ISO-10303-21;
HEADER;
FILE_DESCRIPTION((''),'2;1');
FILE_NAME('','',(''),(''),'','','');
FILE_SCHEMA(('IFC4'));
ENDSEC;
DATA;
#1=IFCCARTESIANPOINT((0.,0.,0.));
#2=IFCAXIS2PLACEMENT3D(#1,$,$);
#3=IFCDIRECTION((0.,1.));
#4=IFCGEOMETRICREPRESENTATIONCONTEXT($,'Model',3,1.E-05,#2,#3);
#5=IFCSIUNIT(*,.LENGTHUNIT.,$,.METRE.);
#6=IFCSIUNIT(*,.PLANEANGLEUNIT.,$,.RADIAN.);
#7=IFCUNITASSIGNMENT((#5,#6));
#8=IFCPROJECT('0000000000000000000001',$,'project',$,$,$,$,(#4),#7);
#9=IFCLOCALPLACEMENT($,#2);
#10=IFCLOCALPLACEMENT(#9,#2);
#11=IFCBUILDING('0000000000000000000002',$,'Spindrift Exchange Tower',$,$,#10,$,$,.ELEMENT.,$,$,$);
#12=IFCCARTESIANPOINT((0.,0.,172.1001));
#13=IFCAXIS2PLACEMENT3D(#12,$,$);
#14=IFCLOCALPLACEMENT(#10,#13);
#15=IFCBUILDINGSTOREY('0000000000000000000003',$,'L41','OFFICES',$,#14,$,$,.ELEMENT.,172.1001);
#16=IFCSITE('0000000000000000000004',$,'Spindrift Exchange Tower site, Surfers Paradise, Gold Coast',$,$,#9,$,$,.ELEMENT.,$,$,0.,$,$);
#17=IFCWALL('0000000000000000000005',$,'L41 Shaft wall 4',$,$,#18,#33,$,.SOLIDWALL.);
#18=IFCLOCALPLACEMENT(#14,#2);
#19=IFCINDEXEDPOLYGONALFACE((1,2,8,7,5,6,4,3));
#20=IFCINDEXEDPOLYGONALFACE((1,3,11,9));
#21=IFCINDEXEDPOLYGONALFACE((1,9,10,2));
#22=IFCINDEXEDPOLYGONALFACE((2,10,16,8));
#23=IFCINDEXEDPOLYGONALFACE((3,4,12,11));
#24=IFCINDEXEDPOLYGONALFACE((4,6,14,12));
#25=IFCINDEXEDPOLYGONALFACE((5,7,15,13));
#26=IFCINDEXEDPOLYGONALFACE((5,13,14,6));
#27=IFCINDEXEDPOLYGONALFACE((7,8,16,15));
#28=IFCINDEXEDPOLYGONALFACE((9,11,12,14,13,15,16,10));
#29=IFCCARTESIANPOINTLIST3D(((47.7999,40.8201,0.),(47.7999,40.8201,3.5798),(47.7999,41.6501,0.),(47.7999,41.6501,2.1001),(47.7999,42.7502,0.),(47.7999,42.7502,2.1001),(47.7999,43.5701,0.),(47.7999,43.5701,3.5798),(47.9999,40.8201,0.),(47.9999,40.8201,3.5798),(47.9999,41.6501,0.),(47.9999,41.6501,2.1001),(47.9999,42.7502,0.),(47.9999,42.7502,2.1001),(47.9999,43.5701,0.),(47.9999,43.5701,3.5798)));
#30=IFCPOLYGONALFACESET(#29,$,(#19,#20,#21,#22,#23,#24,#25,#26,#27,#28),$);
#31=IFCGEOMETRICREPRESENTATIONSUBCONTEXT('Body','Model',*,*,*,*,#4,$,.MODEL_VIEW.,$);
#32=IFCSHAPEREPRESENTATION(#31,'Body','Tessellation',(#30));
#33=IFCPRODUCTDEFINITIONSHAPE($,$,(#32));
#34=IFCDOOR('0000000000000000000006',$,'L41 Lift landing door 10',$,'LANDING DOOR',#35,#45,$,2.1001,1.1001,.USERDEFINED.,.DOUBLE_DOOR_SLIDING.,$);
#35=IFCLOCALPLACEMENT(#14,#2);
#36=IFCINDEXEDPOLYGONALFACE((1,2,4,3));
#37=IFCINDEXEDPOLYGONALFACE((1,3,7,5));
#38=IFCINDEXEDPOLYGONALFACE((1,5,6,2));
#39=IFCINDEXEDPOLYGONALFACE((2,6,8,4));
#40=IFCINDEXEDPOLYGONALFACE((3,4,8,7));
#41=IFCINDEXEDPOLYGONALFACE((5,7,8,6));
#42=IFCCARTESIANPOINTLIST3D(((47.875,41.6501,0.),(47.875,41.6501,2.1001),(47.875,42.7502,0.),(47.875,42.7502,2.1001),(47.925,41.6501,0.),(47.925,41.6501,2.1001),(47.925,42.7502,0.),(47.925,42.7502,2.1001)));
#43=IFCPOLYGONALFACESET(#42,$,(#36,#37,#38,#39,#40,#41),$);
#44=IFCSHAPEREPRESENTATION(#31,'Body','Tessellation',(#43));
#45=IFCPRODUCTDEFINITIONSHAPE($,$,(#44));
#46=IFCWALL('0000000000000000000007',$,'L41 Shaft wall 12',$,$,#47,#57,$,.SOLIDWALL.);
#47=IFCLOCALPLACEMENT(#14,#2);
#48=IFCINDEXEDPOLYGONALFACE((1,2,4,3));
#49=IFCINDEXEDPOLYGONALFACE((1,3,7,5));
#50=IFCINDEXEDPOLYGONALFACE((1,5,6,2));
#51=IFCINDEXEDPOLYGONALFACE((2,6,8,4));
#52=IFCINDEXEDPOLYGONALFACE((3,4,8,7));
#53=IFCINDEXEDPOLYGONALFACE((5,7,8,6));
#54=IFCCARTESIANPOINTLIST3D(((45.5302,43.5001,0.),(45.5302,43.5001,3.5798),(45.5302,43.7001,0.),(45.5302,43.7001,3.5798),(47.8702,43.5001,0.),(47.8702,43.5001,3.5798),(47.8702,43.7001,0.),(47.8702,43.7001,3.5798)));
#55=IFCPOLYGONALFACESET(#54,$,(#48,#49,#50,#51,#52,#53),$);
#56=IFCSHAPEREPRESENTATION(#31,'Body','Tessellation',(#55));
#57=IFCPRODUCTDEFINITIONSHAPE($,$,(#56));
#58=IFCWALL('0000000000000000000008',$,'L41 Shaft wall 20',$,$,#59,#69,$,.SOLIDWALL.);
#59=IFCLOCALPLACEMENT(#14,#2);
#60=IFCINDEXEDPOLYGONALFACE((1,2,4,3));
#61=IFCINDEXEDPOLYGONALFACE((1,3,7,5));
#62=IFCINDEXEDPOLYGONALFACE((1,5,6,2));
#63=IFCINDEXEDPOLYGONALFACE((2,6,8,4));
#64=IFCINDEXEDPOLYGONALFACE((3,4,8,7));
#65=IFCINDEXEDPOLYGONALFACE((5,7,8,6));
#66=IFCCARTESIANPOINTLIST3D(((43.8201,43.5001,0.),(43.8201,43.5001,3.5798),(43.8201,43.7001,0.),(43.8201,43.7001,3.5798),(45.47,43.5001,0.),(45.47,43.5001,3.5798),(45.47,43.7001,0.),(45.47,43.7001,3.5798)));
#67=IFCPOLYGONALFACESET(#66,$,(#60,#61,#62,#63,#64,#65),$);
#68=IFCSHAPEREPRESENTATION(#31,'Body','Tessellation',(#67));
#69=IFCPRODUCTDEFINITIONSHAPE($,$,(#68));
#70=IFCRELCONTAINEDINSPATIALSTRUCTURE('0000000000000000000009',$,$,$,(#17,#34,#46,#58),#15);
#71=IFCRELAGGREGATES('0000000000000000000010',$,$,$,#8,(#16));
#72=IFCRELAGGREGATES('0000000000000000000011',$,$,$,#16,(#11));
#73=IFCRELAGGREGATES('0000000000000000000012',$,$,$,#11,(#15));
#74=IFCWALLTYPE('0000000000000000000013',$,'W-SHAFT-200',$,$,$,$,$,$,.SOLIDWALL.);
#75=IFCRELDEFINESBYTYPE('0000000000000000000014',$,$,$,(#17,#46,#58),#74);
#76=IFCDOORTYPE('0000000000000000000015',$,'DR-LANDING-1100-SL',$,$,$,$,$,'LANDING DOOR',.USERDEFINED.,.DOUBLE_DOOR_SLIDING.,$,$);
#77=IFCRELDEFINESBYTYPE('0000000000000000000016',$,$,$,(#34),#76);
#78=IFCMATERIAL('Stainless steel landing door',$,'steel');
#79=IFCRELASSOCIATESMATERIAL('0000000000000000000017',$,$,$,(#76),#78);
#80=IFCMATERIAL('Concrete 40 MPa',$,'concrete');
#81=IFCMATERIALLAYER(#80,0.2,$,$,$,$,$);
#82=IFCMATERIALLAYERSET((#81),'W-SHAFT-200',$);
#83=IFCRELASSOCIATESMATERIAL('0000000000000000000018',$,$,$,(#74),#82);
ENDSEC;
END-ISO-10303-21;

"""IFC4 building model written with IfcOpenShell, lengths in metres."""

from ifc_helpers import new_model, si_unit, direction, frame, frame_2d, origin, place, context, subcontext, project, spatial, rectangle, extrude, source, transform, mapped, material, layer, layer_set, type_object, element, fill, save


model = new_model("IFC4")

# Units and contexts
model_context = context("Model", 3, precision=1e-05, world=origin(), true_north=direction((0.0, 1.0)))
body_context = subcontext(model_context, "Body", "Model", "MODEL_VIEW")
ifc_project = project(units=[si_unit("LENGTHUNIT", "METRE"), si_unit("PLANEANGLEUNIT", "RADIAN")], contexts=[model_context])

# Site, building, storey
site_placement = place(None, origin())
site = spatial("IfcSite", under=ifc_project, at=site_placement, Name="Spindrift Exchange Tower site, Surfers Paradise, Gold Coast", CompositionType="ELEMENT", RefElevation=0.0)
building_placement = place(site_placement, origin())
building = spatial("IfcBuilding", under=site, at=building_placement, Name="Spindrift Exchange Tower", CompositionType="ELEMENT")
storey_placement = place(building_placement, frame((0.0, 0.0, 172.1001)))
storey = spatial("IfcBuildingStorey", under=building, at=storey_placement, Name="L41", Description="OFFICES", CompositionType="ELEMENT", Elevation=172.1001)

# Shared definitions
ifc_material_1 = material(Name="Stainless steel landing door", Category="steel")
door_type_1 = type_object("IfcDoorType", Name="DR-LANDING-1100-SL", ElementType="LANDING DOOR", OperationType="DOUBLE_DOOR_SLIDING", PredefinedType="USERDEFINED", material=ifc_material_1)
shared_shape_1 = source(origin(), body_context, "Body", "SweptSolid", [
    extrude(rectangle(XDim=1.1001, YDim=2.1001, at=frame_2d((0.55, 1.05))), frame((0.0, 0.0249, 0.0), z_axis=(0.0, -1.0, 0.0), x_axis=(1.0, 0.0, 0.0)), (0.0, 0.0, 1.0), 0.05),
])

# Shared definitions
ifc_material_2 = material(Name="Concrete 40 MPa", Category="concrete")
ifc_layer_1 = layer(ifc_material_2, 0.2)
ifc_layer_set_1 = layer_set([ifc_layer_1], Name="W-SHAFT-200")
wall_type_1 = type_object("IfcWallType", Name="W-SHAFT-200", PredefinedType="SOLIDWALL", material=ifc_layer_set_1)

# Wall, opening, door
wall_1_placement = place(storey_placement, frame((47.8999, 40.8201, 0.0), z_axis=(0.0, 0.0, 1.0), x_axis=(0.0, 1.0, 0.0)))
wall_1 = element("IfcWall", 1, at=wall_1_placement, inside=storey, type_object=wall_type_1, Name="L41 Shaft wall 4", PredefinedType="SOLIDWALL", context=body_context, shape_type="SweptSolid", body=[
    extrude(rectangle(XDim=2.75, YDim=0.2, at=frame_2d((1.375, 0.0))), origin(), (0.0, 0.0, 1.0), 3.5798),
])
opening_1_placement = place(wall_1_placement, frame((0.8301, 0.0, 0.0)))
opening_1 = element("IfcOpeningElement", 2, at=opening_1_placement, cuts=wall_1, PredefinedType="OPENING", context=body_context, shape_type="SweptSolid", body=[
    extrude(rectangle(XDim=1.1001, YDim=2.1001, at=frame_2d((0.55, 1.05))), frame((0.0, 0.1099, 0.0), z_axis=(0.0, -1.0, 0.0), x_axis=(1.0, 0.0, 0.0)), (0.0, 0.0, 1.0), 0.22),
])
door_1_placement = place(opening_1_placement, origin())
door_1 = element("IfcDoor", 3, at=door_1_placement, inside=storey, type_object=door_type_1, Name="L41 Lift landing door 10", ObjectType="LANDING DOOR", OperationType="DOUBLE_DOOR_SLIDING", OverallHeight=2.1001, OverallWidth=1.1001, PredefinedType="USERDEFINED", context=body_context, shape_type="MappedRepresentation", body=[
    mapped(shared_shape_1, transform((0.0, 0.0, 0.0), scale=1.0)),
])
fill(opening_1, door_1)

# Walls
wall_2_placement = place(storey_placement, frame((47.8701, 43.6001, 0.0), z_axis=(0.0, 0.0, 1.0), x_axis=(-1.0, 0.0, 0.0)))
element("IfcWall", 4, at=wall_2_placement, inside=storey, type_object=wall_type_1, Name="L41 Shaft wall 12", PredefinedType="SOLIDWALL", context=body_context, shape_type="SweptSolid", body=[
    extrude(rectangle(XDim=2.3401, YDim=0.2, at=frame_2d((1.1699, 0.0))), origin(), (0.0, 0.0, 1.0), 3.5798),
])
wall_3_placement = place(storey_placement, frame((45.47, 43.6001, 0.0), z_axis=(0.0, 0.0, 1.0), x_axis=(-1.0, 0.0, 0.0)))
element("IfcWall", 5, at=wall_3_placement, inside=storey, type_object=wall_type_1, Name="L41 Shaft wall 20", PredefinedType="SOLIDWALL", context=body_context, shape_type="SweptSolid", body=[
    extrude(rectangle(XDim=1.6499, YDim=0.2, at=frame_2d((0.825, 0.0))), origin(), (0.0, 0.0, 1.0), 3.5798),
])

save(model, "model.ifc")
